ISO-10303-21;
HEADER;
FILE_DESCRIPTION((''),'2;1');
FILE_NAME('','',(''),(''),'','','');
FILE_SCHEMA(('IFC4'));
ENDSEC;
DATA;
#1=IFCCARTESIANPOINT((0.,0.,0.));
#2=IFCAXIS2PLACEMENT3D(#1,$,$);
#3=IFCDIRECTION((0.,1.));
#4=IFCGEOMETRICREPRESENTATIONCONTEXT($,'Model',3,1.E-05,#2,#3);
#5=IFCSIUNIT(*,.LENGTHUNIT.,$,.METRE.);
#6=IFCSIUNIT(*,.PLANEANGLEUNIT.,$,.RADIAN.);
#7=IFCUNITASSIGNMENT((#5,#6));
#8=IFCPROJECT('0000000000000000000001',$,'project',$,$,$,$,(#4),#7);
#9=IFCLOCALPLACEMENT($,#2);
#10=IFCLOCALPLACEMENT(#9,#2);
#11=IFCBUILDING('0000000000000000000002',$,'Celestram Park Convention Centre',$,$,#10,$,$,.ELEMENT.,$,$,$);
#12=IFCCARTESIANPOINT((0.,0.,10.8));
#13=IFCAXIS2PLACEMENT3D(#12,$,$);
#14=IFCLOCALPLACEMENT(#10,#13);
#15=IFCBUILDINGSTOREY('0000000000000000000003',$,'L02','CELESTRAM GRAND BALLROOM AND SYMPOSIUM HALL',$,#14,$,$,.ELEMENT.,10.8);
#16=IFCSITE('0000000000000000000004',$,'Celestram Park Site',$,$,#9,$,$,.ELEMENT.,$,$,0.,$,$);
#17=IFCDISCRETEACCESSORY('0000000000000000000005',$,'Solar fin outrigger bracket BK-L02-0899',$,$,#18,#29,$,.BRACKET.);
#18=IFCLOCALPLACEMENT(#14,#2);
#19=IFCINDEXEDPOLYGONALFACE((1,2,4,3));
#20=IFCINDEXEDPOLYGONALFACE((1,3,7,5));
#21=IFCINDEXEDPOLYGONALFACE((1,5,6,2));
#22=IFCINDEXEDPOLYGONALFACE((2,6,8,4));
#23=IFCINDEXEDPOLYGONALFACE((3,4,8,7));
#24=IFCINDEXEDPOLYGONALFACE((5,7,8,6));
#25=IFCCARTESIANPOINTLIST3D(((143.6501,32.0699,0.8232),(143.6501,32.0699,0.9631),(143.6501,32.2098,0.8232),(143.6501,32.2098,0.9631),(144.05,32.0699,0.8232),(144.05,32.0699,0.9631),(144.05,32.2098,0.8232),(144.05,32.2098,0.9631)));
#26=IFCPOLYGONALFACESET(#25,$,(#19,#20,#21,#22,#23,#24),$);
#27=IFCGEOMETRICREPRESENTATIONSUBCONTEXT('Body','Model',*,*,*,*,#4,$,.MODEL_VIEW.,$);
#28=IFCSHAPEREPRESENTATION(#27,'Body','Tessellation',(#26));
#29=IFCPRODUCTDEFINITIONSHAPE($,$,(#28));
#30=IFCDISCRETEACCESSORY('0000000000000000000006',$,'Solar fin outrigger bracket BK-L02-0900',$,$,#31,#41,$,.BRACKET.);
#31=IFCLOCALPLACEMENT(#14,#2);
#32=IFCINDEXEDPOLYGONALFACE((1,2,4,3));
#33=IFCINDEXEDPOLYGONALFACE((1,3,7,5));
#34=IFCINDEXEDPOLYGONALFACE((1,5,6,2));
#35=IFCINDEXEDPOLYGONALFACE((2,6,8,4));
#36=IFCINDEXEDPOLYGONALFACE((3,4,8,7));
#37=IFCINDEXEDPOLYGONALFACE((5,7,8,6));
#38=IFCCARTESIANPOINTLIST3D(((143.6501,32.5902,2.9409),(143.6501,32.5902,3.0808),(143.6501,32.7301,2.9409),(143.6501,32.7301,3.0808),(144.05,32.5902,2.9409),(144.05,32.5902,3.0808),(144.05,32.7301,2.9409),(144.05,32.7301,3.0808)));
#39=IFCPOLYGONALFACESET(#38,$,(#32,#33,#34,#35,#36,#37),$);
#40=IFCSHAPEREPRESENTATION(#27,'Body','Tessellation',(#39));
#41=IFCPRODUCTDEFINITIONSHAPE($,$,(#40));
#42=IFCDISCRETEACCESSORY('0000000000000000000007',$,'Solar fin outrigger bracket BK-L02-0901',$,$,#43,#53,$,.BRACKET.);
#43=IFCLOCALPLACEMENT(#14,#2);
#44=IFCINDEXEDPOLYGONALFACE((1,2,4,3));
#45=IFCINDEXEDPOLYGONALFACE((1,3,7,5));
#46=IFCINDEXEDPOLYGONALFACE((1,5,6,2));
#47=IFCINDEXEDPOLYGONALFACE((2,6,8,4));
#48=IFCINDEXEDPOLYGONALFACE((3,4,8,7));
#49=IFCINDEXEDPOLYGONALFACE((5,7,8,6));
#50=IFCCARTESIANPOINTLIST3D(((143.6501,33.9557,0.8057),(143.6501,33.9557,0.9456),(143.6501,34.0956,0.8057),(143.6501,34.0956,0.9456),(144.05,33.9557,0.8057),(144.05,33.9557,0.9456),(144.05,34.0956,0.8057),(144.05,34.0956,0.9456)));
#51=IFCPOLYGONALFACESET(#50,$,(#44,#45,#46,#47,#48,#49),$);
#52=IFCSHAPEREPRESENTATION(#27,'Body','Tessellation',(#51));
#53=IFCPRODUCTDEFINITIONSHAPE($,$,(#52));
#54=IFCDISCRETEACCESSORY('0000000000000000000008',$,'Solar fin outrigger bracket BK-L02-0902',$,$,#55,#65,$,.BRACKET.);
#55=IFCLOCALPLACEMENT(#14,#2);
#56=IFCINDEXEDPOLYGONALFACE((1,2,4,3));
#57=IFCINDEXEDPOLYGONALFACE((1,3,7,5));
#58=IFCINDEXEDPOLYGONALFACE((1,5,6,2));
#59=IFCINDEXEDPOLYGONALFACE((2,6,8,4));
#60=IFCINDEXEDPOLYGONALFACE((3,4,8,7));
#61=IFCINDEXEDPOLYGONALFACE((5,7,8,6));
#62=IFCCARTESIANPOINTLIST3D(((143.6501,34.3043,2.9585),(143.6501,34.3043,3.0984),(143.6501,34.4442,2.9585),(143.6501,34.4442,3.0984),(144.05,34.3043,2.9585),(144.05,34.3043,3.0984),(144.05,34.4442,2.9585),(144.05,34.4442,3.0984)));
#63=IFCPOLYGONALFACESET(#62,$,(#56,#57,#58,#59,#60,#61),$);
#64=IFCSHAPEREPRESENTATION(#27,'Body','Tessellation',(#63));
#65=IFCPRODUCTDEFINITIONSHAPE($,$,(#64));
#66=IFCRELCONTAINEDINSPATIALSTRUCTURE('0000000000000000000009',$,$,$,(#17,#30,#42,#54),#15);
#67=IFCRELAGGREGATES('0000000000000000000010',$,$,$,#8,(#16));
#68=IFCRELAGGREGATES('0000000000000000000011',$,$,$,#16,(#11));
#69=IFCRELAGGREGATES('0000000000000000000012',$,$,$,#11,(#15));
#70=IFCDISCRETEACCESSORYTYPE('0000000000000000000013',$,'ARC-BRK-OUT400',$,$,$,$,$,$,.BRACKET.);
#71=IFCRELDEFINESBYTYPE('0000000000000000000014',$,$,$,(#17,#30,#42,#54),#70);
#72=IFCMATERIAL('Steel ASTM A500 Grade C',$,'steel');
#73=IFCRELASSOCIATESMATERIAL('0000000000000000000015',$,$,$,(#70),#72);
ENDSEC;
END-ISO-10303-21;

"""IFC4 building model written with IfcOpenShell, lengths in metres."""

from ifc_helpers import new_model, si_unit, direction, frame, origin, origin_2d, place, context, subcontext, project, spatial, rectangle, extrude, material, type_object, element, save


model = new_model("IFC4")

# Units and contexts
model_context = context("Model", 3, precision=1e-05, world=origin(), true_north=direction((0.0, 1.0)))
body_context = subcontext(model_context, "Body", "Model", "MODEL_VIEW")
ifc_project = project(units=[si_unit("LENGTHUNIT", "METRE"), si_unit("PLANEANGLEUNIT", "RADIAN")], contexts=[model_context])

# Site, building, storey
site_placement = place(None, origin())
site = spatial("IfcSite", under=ifc_project, at=site_placement, Name="Celestram Park Site", CompositionType="ELEMENT", RefElevation=0.0)
building_placement = place(site_placement, origin())
building = spatial("IfcBuilding", under=site, at=building_placement, Name="Celestram Park Convention Centre", CompositionType="ELEMENT")
storey_placement = place(building_placement, frame((0.0, 0.0, 10.8)))
storey = spatial("IfcBuildingStorey", under=building, at=storey_placement, Name="L02", Description="CELESTRAM GRAND BALLROOM AND SYMPOSIUM HALL", CompositionType="ELEMENT", Elevation=10.8)

# Discrete accessories
ifc_material_1 = material(Name="Steel ASTM A500 Grade C", Category="steel")
discrete_accessory_type = type_object("IfcDiscreteAccessoryType", Name="ARC-BRK-OUT400", PredefinedType="BRACKET", material=ifc_material_1)
for number, where, z_axis, x_axis, name in (
    (1, (143.8501, 32.1399, 0.8232), (0.0, 0.0, 1.0), (-1.0, 0.0, 0.0), "Solar fin outrigger bracket BK-L02-0899"),
    (2, (143.8501, 32.6602, 2.9409), (0.0, 0.0, 1.0), (-1.0, 0.0, 0.0), "Solar fin outrigger bracket BK-L02-0900"),
    (3, (143.8501, 34.0256, 0.8057), (0.0, 0.0, 1.0), (-1.0, 0.0, 0.0), "Solar fin outrigger bracket BK-L02-0901"),
    (4, (143.8501, 34.3743, 2.9585), (0.0, 0.0, 1.0), (-1.0, 0.0, 0.0), "Solar fin outrigger bracket BK-L02-0902"),
):
    element("IfcDiscreteAccessory", number, at=place(storey_placement, frame(where, z_axis=z_axis, x_axis=x_axis)), inside=storey, type_object=discrete_accessory_type, Name=name, PredefinedType="BRACKET", context=body_context, shape_type="SweptSolid", body=[
        extrude(rectangle(XDim=0.3999, YDim=0.1399, at=origin_2d()), origin(), (0.0, 0.0, 1.0), 0.1399),
    ])

save(model, "model.ifc")
